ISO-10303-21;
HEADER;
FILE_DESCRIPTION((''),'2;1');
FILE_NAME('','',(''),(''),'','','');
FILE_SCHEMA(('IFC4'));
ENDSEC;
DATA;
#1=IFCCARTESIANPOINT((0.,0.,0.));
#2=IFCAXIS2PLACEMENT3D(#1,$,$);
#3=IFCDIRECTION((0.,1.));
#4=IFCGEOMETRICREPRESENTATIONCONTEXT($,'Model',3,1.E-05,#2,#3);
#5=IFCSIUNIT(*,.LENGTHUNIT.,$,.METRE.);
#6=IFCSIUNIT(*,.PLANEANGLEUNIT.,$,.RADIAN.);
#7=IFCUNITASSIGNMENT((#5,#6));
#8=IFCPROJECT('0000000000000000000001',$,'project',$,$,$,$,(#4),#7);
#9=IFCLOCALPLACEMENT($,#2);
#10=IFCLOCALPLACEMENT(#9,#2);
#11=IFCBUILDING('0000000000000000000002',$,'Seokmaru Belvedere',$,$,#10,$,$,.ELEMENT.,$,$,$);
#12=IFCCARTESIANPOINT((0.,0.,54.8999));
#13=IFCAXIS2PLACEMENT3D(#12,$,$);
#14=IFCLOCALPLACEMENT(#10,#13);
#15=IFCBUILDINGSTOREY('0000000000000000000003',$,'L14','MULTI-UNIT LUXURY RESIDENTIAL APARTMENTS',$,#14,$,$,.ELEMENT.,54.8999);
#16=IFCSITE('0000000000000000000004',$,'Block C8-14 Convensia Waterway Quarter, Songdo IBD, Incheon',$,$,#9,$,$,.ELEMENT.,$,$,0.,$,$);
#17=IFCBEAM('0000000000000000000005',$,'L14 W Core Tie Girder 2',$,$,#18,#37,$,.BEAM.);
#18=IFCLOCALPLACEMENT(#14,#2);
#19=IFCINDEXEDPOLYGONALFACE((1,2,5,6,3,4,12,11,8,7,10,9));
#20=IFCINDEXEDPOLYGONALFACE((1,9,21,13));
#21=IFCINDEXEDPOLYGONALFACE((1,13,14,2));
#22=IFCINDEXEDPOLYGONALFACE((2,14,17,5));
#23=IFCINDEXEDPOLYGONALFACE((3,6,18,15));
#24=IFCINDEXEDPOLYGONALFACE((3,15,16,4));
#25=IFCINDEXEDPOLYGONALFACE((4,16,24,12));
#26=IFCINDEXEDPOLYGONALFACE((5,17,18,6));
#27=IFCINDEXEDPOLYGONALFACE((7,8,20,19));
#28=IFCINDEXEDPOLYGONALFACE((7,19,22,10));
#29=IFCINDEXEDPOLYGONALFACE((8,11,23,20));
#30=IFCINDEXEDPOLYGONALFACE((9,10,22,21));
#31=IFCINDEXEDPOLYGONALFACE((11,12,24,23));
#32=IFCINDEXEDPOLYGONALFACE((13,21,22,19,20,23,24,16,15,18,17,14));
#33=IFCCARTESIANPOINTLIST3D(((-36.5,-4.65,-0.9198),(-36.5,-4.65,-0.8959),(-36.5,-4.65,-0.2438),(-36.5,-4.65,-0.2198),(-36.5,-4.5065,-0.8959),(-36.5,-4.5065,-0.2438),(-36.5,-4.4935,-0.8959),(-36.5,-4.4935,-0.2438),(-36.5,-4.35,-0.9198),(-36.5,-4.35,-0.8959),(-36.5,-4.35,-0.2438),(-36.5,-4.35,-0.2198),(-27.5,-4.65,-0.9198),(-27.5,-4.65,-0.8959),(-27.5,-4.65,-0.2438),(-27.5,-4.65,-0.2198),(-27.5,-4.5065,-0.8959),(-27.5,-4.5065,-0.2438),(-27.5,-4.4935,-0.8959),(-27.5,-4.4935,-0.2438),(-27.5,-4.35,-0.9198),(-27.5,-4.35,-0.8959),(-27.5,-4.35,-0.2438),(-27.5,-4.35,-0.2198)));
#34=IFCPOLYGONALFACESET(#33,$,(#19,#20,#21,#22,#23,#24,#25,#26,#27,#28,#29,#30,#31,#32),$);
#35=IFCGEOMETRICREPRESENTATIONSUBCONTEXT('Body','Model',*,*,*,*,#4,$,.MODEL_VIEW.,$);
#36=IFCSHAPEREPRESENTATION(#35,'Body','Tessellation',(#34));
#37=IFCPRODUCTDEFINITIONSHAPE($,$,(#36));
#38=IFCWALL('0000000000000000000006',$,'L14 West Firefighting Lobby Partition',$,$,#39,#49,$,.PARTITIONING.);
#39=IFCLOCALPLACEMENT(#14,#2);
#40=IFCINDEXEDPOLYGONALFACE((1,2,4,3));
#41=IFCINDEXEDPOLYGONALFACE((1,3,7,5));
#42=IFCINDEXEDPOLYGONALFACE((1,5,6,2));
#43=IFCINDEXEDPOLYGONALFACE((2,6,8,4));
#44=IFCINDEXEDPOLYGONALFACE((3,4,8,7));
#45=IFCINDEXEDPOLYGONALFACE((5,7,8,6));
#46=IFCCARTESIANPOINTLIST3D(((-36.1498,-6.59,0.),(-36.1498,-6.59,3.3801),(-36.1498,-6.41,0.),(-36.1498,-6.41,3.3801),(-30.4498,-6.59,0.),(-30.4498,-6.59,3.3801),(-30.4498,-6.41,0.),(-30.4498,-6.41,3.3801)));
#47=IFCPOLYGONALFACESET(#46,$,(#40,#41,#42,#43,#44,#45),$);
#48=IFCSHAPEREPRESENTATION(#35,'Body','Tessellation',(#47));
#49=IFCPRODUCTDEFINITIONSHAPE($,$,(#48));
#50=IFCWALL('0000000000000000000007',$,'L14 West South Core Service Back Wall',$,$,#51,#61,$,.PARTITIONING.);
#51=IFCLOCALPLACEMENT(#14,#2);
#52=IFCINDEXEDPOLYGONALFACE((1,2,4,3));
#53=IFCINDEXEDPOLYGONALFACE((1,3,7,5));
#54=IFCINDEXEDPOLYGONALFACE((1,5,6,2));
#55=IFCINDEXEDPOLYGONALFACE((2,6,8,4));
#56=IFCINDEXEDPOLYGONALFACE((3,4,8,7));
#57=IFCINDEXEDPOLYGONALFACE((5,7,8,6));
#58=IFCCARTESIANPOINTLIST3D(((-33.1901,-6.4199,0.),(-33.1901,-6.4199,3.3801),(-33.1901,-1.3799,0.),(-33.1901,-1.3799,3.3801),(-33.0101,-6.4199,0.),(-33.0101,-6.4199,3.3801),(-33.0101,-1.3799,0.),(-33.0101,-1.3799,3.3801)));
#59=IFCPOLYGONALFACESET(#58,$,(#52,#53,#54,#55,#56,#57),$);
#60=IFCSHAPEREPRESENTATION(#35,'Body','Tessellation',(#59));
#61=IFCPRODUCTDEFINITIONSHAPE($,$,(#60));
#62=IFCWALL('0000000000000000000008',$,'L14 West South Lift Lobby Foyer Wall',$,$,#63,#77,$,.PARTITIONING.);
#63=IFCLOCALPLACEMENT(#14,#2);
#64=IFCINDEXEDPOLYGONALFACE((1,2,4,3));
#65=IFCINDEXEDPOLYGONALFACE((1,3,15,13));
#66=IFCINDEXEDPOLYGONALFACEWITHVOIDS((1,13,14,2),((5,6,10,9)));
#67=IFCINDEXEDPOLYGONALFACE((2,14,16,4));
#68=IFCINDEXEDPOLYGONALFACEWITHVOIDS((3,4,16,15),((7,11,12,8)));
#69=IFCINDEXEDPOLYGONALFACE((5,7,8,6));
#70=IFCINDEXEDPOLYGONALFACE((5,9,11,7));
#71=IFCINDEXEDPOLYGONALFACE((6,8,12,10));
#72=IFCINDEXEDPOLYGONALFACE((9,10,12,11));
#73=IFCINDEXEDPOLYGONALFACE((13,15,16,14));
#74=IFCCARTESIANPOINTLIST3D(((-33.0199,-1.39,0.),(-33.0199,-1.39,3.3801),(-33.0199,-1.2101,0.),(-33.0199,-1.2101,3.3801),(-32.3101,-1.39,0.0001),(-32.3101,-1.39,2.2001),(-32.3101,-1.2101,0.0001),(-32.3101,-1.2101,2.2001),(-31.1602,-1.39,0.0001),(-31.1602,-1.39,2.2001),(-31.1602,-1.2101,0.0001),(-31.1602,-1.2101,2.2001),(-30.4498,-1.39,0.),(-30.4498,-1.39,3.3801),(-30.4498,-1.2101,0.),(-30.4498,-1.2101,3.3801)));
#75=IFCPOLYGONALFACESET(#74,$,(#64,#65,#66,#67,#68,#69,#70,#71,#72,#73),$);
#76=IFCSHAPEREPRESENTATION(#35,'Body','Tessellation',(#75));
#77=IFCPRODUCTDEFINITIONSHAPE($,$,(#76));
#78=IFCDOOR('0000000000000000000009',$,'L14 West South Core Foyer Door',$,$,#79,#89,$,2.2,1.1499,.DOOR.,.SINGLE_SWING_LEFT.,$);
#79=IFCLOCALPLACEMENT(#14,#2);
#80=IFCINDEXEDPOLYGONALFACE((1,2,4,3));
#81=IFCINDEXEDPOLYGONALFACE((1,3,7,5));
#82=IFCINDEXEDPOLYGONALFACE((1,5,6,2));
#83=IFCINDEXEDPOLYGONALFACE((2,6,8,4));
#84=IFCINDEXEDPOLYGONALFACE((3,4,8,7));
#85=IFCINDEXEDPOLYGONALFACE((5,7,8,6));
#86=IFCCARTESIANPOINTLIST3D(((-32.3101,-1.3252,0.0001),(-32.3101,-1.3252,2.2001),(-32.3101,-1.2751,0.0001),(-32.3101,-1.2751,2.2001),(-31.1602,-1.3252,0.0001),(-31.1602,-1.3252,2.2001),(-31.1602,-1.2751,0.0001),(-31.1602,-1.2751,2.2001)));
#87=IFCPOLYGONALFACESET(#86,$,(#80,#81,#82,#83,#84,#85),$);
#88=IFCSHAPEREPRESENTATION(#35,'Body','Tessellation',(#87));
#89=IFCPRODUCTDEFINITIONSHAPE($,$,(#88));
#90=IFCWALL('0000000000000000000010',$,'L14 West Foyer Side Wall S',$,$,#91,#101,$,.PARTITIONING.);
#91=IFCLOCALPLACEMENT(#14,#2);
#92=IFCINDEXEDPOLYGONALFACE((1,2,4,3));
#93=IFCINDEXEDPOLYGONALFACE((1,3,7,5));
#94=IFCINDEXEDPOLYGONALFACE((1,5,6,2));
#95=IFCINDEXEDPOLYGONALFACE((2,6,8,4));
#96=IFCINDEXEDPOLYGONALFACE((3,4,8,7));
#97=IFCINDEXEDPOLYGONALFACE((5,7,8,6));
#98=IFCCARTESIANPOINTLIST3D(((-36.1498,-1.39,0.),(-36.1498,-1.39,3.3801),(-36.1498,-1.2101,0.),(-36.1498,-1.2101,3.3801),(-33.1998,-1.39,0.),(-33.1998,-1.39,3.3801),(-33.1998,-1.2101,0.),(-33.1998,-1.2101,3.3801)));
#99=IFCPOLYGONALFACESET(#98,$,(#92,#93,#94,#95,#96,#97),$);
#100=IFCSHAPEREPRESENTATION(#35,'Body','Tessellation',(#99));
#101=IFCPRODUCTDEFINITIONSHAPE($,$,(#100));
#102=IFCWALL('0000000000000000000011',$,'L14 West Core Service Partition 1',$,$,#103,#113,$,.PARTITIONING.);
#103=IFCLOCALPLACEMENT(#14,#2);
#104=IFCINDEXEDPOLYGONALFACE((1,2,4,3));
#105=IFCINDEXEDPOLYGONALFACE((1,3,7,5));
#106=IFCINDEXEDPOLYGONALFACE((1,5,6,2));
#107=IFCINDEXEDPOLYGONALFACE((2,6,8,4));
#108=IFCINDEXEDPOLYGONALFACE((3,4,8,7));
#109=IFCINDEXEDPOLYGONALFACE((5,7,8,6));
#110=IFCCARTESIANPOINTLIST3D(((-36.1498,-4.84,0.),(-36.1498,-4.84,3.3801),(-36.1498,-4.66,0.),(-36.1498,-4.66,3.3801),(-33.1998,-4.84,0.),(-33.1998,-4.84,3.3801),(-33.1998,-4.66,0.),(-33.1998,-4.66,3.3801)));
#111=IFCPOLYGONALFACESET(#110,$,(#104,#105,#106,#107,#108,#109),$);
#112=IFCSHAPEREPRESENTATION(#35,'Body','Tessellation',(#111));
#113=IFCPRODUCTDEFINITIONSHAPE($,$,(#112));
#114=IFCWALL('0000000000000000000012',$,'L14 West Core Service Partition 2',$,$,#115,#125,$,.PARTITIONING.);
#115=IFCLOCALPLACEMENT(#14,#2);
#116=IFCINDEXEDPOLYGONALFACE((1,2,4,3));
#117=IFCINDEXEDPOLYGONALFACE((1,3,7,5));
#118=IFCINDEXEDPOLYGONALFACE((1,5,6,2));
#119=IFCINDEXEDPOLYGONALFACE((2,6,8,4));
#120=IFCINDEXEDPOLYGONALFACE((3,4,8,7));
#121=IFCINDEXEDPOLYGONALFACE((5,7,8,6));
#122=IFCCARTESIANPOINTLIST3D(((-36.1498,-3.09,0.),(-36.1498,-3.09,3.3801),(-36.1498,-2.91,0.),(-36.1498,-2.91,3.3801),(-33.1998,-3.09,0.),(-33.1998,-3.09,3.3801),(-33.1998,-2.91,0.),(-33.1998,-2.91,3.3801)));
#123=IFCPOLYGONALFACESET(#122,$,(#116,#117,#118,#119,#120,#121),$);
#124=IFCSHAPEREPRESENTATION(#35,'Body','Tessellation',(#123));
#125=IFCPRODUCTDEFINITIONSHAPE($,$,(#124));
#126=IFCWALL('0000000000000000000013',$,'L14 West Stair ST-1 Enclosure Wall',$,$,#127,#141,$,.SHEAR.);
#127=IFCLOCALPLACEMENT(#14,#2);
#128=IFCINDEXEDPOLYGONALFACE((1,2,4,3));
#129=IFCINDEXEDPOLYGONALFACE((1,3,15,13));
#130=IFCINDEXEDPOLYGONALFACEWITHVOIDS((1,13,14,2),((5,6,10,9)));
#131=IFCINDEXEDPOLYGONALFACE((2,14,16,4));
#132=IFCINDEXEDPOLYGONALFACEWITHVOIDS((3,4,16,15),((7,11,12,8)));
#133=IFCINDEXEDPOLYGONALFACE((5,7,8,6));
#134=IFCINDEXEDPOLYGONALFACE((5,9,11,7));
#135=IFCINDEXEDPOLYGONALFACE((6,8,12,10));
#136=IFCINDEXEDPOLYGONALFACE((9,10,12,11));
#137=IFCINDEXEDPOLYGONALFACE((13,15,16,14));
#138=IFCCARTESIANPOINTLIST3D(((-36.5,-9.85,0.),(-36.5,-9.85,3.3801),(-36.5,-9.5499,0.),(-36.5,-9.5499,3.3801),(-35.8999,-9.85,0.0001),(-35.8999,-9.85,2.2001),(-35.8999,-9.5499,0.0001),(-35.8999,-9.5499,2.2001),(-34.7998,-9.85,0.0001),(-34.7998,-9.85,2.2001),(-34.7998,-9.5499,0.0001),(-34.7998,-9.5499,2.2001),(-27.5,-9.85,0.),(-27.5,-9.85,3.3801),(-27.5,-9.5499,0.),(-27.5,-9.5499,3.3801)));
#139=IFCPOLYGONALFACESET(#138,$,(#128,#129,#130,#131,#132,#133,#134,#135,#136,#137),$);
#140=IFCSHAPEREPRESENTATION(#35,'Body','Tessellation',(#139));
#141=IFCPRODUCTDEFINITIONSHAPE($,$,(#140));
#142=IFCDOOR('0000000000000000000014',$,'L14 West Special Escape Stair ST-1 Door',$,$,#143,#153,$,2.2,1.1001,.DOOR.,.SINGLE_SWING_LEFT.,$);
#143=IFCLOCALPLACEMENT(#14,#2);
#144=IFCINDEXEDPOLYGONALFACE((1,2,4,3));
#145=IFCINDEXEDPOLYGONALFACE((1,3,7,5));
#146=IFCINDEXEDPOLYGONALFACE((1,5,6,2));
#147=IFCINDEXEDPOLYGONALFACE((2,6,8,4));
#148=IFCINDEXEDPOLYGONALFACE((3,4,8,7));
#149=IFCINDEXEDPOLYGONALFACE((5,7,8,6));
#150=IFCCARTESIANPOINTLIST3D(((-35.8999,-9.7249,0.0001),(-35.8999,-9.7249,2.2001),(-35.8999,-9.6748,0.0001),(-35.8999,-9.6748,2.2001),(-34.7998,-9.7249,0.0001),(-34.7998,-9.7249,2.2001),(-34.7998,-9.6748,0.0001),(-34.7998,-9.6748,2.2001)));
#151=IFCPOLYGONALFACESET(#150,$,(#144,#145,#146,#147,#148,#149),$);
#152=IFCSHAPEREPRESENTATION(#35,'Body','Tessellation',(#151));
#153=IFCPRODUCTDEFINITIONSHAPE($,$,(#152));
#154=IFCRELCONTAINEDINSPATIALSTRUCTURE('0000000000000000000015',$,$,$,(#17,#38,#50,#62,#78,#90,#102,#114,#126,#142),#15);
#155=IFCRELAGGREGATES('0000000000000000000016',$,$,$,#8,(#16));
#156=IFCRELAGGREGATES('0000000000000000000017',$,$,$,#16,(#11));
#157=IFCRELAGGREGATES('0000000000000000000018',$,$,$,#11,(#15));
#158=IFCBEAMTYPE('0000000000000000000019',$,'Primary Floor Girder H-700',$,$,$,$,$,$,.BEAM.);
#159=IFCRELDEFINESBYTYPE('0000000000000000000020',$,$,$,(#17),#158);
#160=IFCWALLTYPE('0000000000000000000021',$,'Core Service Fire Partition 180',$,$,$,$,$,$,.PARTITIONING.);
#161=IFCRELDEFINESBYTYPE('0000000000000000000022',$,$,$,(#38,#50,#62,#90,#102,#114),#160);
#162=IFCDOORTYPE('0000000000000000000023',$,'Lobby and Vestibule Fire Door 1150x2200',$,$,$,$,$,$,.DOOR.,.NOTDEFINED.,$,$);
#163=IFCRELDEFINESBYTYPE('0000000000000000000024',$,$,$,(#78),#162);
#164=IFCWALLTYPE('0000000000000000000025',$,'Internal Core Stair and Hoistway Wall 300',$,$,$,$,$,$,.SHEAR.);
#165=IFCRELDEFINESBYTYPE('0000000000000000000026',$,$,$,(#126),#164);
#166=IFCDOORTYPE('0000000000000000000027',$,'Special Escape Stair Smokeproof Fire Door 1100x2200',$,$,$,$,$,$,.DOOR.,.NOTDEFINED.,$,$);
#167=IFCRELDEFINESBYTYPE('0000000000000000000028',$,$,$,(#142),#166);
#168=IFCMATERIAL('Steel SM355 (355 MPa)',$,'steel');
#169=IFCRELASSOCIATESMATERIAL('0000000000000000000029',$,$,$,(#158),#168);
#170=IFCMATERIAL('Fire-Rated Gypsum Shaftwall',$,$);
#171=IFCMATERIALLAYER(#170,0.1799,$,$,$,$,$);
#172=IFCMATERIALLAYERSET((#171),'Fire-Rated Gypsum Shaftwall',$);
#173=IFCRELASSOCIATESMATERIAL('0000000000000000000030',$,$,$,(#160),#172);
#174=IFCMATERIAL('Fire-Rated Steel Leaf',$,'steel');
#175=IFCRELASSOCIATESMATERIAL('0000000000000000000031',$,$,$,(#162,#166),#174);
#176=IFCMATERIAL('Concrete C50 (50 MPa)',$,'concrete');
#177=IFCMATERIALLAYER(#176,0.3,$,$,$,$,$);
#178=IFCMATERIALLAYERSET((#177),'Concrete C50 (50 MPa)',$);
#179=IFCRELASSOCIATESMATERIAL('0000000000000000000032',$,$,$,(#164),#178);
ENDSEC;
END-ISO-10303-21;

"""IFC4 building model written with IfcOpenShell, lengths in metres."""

from ifc_helpers import new_model, si_unit, direction, frame, frame_2d, origin, origin_2d, place, context, subcontext, project, spatial, rectangle, i_section, extrude, source, transform, mapped, material, layer, layer_set, material_profile, profile_set, type_object, type_shapes, element, fill, save


model = new_model("IFC4")

# Units and contexts
model_context = context("Model", 3, precision=1e-05, world=origin(), true_north=direction((0.0, 1.0)))
body_context = subcontext(model_context, "Body", "Model", "MODEL_VIEW")
ifc_project = project(units=[si_unit("LENGTHUNIT", "METRE"), si_unit("PLANEANGLEUNIT", "RADIAN")], contexts=[model_context])

# Site, building, storey
site_placement = place(None, origin())
site = spatial("IfcSite", under=ifc_project, at=site_placement, Name="Block C8-14 Convensia Waterway Quarter, Songdo IBD, Incheon", CompositionType="ELEMENT", RefElevation=0.0)
building_placement = place(site_placement, origin())
building = spatial("IfcBuilding", under=site, at=building_placement, Name="Seokmaru Belvedere", CompositionType="ELEMENT")
storey_placement = place(building_placement, frame((0.0, 0.0, 54.8999)))
storey = spatial("IfcBuildingStorey", under=building, at=storey_placement, Name="L14", Description="MULTI-UNIT LUXURY RESIDENTIAL APARTMENTS", CompositionType="ELEMENT", Elevation=54.8999)

# Beam
ifc_material_1 = material(Name="Steel SM355 (355 MPa)", Category="steel")
ifc_material_profile = material_profile(ifc_material_1, i_section(OverallWidth=0.3, OverallDepth=0.7, WebThickness=0.0129, FlangeThickness=0.0239, at=origin_2d()), Name="H-700x300x13x24")
ifc_profile_set = profile_set([ifc_material_profile], Name="Steel SM355 (355 MPa)")
beam_type = type_object("IfcBeamType", Name="Primary Floor Girder H-700", PredefinedType="BEAM", material=ifc_profile_set)
shared_shape_1 = source(origin(), body_context, "Body", "SweptSolid", [
    extrude(i_section(OverallWidth=0.3, OverallDepth=0.7, WebThickness=0.0129, FlangeThickness=0.0239, at=origin_2d()), origin(), (0.0, 0.0, 1.0), 9.0),
])
type_shapes(beam_type, [shared_shape_1])
beam_placement = place(storey_placement, frame((-36.5, -4.5, -0.5698), z_axis=(1.0, 0.0, 0.0), x_axis=(0.0, 1.0, 0.0)))
element("IfcBeam", 1, at=beam_placement, inside=storey, type_object=beam_type, Name="L14 W Core Tie Girder 2", PredefinedType="BEAM", context=body_context, shape_type="MappedRepresentation", body=[
    mapped(shared_shape_1, transform((0.0, 0.0, 0.0), scale=1.0)),
])

# Walls
ifc_material_2 = material(Name="Fire-Rated Gypsum Shaftwall")
ifc_layer_1 = layer(ifc_material_2, 0.1799)
ifc_layer_set_1 = layer_set([ifc_layer_1], Name="Fire-Rated Gypsum Shaftwall")
wall_type_1 = type_object("IfcWallType", Name="Core Service Fire Partition 180", PredefinedType="PARTITIONING", material=ifc_layer_set_1)
wall_1_placement = place(storey_placement, frame((-36.1499, -6.5, 0.0), z_axis=(0.0, 0.0, 1.0), x_axis=(1.0, 0.0, 0.0)))
element("IfcWall", 2, at=wall_1_placement, inside=storey, type_object=wall_type_1, Name="L14 West Firefighting Lobby Partition", PredefinedType="PARTITIONING", context=body_context, shape_type="SweptSolid", body=[
    extrude(rectangle(XDim=5.7, YDim=0.1799, at=frame_2d((2.8501, 0.0))), origin(), (0.0, 0.0, 1.0), 3.3801),
])
wall_2_placement = place(storey_placement, frame((-33.1001, -6.4199, 0.0), z_axis=(0.0, 0.0, 1.0), x_axis=(0.0, 1.0, 0.0)))
element("IfcWall", 3, at=wall_2_placement, inside=storey, type_object=wall_type_1, Name="L14 West South Core Service Back Wall", PredefinedType="PARTITIONING", context=body_context, shape_type="SweptSolid", body=[
    extrude(rectangle(XDim=5.04, YDim=0.1799, at=frame_2d((2.52, 0.0))), origin(), (0.0, 0.0, 1.0), 3.3801),
])

# Wall, opening, door
wall_3_placement = place(storey_placement, frame((-33.02, -1.3, 0.0), z_axis=(0.0, 0.0, 1.0), x_axis=(1.0, 0.0, 0.0)))
wall_3 = element("IfcWall", 4, at=wall_3_placement, inside=storey, type_object=wall_type_1, Name="L14 West South Lift Lobby Foyer Wall", PredefinedType="PARTITIONING", context=body_context, shape_type="SweptSolid", body=[
    extrude(rectangle(XDim=2.5701, YDim=0.1799, at=frame_2d((1.2852, 0.0))), origin(), (0.0, 0.0, 1.0), 3.3801),
])
opening_1_placement = place(wall_3_placement, frame((0.71, 0.0, 0.0)))
opening_1 = element("IfcOpeningElement", 5, at=opening_1_placement, cuts=wall_3, PredefinedType="OPENING", context=body_context, shape_type="SweptSolid", body=[
    extrude(rectangle(XDim=1.1499, YDim=2.2, at=frame_2d((0.575, 1.1001))), frame((0.0, 0.1001, 0.0), z_axis=(0.0, -1.0, 0.0), x_axis=(1.0, 0.0, 0.0)), (0.0, 0.0, 1.0), 0.2),
])
ifc_material_3 = material(Name="Fire-Rated Steel Leaf", Category="steel")
door_type_1 = type_object("IfcDoorType", Name="Lobby and Vestibule Fire Door 1150x2200", OperationType="NOTDEFINED", PredefinedType="DOOR", material=ifc_material_3)
shared_shape_2 = source(origin(), body_context, "Body", "SweptSolid", [
    extrude(rectangle(XDim=1.1499, YDim=2.2, at=frame_2d((0.575, 1.1001))), frame((0.0, 0.0249, 0.0), z_axis=(0.0, -1.0, 0.0), x_axis=(1.0, 0.0, 0.0)), (0.0, 0.0, 1.0), 0.05),
])
type_shapes(door_type_1, [shared_shape_2])
door_1_placement = place(opening_1_placement, origin())
door_1 = element("IfcDoor", 6, at=door_1_placement, inside=storey, type_object=door_type_1, Name="L14 West South Core Foyer Door", OperationType="SINGLE_SWING_LEFT", OverallHeight=2.2, OverallWidth=1.1499, PredefinedType="DOOR", context=body_context, shape_type="MappedRepresentation", body=[
    mapped(shared_shape_2, transform((0.0, 0.0, 0.0), scale=1.0)),
])
fill(opening_1, door_1)

# Walls
for number, where, z_axis, x_axis, name in (
    (7, (-36.1499, -1.3, 0.0), (0.0, 0.0, 1.0), (1.0, 0.0, 0.0), "L14 West Foyer Side Wall S"),
    (8, (-36.1499, -4.75, 0.0), (0.0, 0.0, 1.0), (1.0, 0.0, 0.0), "L14 West Core Service Partition 1"),
    (9, (-36.1499, -3.0, 0.0), (0.0, 0.0, 1.0), (1.0, 0.0, 0.0), "L14 West Core Service Partition 2"),
):
    element("IfcWall", number, at=place(storey_placement, frame(where, z_axis=z_axis, x_axis=x_axis)), inside=storey, type_object=wall_type_1, Name=name, PredefinedType="PARTITIONING", context=body_context, shape_type="SweptSolid", body=[
        extrude(rectangle(XDim=2.95, YDim=0.1799, at=frame_2d((1.4751, 0.0))), origin(), (0.0, 0.0, 1.0), 3.3801),
    ])

# Wall, opening, door
ifc_material_4 = material(Name="Concrete C50 (50 MPa)", Category="concrete")
ifc_layer_2 = layer(ifc_material_4, 0.3)
ifc_layer_set_2 = layer_set([ifc_layer_2], Name="Concrete C50 (50 MPa)")
wall_type_2 = type_object("IfcWallType", Name="Internal Core Stair and Hoistway Wall 300", PredefinedType="SHEAR", material=ifc_layer_set_2)
wall_4_placement = place(storey_placement, frame((-36.5, -9.7, 0.0), z_axis=(0.0, 0.0, 1.0), x_axis=(1.0, 0.0, 0.0)))
wall_4 = element("IfcWall", 10, at=wall_4_placement, inside=storey, type_object=wall_type_2, Name="L14 West Stair ST-1 Enclosure Wall", PredefinedType="SHEAR", context=body_context, shape_type="SweptSolid", body=[
    extrude(rectangle(XDim=9.0, YDim=0.3, at=frame_2d((4.5, 0.0))), origin(), (0.0, 0.0, 1.0), 3.3801),
])
opening_2_placement = place(wall_4_placement, frame((0.6001, 0.0, 0.0)))
opening_2 = element("IfcOpeningElement", 11, at=opening_2_placement, cuts=wall_4, PredefinedType="OPENING", context=body_context, shape_type="SweptSolid", body=[
    extrude(rectangle(XDim=1.1001, YDim=2.2, at=frame_2d((0.55, 1.1001))), frame((0.0, 0.1602, 0.0), z_axis=(0.0, -1.0, 0.0), x_axis=(1.0, 0.0, 0.0)), (0.0, 0.0, 1.0), 0.3201),
])
door_type_2 = type_object("IfcDoorType", Name="Special Escape Stair Smokeproof Fire Door 1100x2200", OperationType="NOTDEFINED", PredefinedType="DOOR", material=ifc_material_3)
shared_shape_3 = source(origin(), body_context, "Body", "SweptSolid", [
    extrude(rectangle(XDim=1.1001, YDim=2.2, at=frame_2d((0.55, 1.1001))), frame((0.0, 0.0249, 0.0), z_axis=(0.0, -1.0, 0.0), x_axis=(1.0, 0.0, 0.0)), (0.0, 0.0, 1.0), 0.05),
])
type_shapes(door_type_2, [shared_shape_3])
door_2_placement = place(opening_2_placement, frame((1.1001, 0.0, 0.0), z_axis=(0.0, 0.0, 1.0), x_axis=(-1.0, 0.0, 0.0)))
door_2 = element("IfcDoor", 12, at=door_2_placement, inside=storey, type_object=door_type_2, Name="L14 West Special Escape Stair ST-1 Door", OperationType="SINGLE_SWING_LEFT", OverallHeight=2.2, OverallWidth=1.1001, PredefinedType="DOOR", context=body_context, shape_type="MappedRepresentation", body=[
    mapped(shared_shape_3, transform((0.0, 0.0, 0.0), scale=1.0)),
])
fill(opening_2, door_2)

save(model, "model.ifc")
